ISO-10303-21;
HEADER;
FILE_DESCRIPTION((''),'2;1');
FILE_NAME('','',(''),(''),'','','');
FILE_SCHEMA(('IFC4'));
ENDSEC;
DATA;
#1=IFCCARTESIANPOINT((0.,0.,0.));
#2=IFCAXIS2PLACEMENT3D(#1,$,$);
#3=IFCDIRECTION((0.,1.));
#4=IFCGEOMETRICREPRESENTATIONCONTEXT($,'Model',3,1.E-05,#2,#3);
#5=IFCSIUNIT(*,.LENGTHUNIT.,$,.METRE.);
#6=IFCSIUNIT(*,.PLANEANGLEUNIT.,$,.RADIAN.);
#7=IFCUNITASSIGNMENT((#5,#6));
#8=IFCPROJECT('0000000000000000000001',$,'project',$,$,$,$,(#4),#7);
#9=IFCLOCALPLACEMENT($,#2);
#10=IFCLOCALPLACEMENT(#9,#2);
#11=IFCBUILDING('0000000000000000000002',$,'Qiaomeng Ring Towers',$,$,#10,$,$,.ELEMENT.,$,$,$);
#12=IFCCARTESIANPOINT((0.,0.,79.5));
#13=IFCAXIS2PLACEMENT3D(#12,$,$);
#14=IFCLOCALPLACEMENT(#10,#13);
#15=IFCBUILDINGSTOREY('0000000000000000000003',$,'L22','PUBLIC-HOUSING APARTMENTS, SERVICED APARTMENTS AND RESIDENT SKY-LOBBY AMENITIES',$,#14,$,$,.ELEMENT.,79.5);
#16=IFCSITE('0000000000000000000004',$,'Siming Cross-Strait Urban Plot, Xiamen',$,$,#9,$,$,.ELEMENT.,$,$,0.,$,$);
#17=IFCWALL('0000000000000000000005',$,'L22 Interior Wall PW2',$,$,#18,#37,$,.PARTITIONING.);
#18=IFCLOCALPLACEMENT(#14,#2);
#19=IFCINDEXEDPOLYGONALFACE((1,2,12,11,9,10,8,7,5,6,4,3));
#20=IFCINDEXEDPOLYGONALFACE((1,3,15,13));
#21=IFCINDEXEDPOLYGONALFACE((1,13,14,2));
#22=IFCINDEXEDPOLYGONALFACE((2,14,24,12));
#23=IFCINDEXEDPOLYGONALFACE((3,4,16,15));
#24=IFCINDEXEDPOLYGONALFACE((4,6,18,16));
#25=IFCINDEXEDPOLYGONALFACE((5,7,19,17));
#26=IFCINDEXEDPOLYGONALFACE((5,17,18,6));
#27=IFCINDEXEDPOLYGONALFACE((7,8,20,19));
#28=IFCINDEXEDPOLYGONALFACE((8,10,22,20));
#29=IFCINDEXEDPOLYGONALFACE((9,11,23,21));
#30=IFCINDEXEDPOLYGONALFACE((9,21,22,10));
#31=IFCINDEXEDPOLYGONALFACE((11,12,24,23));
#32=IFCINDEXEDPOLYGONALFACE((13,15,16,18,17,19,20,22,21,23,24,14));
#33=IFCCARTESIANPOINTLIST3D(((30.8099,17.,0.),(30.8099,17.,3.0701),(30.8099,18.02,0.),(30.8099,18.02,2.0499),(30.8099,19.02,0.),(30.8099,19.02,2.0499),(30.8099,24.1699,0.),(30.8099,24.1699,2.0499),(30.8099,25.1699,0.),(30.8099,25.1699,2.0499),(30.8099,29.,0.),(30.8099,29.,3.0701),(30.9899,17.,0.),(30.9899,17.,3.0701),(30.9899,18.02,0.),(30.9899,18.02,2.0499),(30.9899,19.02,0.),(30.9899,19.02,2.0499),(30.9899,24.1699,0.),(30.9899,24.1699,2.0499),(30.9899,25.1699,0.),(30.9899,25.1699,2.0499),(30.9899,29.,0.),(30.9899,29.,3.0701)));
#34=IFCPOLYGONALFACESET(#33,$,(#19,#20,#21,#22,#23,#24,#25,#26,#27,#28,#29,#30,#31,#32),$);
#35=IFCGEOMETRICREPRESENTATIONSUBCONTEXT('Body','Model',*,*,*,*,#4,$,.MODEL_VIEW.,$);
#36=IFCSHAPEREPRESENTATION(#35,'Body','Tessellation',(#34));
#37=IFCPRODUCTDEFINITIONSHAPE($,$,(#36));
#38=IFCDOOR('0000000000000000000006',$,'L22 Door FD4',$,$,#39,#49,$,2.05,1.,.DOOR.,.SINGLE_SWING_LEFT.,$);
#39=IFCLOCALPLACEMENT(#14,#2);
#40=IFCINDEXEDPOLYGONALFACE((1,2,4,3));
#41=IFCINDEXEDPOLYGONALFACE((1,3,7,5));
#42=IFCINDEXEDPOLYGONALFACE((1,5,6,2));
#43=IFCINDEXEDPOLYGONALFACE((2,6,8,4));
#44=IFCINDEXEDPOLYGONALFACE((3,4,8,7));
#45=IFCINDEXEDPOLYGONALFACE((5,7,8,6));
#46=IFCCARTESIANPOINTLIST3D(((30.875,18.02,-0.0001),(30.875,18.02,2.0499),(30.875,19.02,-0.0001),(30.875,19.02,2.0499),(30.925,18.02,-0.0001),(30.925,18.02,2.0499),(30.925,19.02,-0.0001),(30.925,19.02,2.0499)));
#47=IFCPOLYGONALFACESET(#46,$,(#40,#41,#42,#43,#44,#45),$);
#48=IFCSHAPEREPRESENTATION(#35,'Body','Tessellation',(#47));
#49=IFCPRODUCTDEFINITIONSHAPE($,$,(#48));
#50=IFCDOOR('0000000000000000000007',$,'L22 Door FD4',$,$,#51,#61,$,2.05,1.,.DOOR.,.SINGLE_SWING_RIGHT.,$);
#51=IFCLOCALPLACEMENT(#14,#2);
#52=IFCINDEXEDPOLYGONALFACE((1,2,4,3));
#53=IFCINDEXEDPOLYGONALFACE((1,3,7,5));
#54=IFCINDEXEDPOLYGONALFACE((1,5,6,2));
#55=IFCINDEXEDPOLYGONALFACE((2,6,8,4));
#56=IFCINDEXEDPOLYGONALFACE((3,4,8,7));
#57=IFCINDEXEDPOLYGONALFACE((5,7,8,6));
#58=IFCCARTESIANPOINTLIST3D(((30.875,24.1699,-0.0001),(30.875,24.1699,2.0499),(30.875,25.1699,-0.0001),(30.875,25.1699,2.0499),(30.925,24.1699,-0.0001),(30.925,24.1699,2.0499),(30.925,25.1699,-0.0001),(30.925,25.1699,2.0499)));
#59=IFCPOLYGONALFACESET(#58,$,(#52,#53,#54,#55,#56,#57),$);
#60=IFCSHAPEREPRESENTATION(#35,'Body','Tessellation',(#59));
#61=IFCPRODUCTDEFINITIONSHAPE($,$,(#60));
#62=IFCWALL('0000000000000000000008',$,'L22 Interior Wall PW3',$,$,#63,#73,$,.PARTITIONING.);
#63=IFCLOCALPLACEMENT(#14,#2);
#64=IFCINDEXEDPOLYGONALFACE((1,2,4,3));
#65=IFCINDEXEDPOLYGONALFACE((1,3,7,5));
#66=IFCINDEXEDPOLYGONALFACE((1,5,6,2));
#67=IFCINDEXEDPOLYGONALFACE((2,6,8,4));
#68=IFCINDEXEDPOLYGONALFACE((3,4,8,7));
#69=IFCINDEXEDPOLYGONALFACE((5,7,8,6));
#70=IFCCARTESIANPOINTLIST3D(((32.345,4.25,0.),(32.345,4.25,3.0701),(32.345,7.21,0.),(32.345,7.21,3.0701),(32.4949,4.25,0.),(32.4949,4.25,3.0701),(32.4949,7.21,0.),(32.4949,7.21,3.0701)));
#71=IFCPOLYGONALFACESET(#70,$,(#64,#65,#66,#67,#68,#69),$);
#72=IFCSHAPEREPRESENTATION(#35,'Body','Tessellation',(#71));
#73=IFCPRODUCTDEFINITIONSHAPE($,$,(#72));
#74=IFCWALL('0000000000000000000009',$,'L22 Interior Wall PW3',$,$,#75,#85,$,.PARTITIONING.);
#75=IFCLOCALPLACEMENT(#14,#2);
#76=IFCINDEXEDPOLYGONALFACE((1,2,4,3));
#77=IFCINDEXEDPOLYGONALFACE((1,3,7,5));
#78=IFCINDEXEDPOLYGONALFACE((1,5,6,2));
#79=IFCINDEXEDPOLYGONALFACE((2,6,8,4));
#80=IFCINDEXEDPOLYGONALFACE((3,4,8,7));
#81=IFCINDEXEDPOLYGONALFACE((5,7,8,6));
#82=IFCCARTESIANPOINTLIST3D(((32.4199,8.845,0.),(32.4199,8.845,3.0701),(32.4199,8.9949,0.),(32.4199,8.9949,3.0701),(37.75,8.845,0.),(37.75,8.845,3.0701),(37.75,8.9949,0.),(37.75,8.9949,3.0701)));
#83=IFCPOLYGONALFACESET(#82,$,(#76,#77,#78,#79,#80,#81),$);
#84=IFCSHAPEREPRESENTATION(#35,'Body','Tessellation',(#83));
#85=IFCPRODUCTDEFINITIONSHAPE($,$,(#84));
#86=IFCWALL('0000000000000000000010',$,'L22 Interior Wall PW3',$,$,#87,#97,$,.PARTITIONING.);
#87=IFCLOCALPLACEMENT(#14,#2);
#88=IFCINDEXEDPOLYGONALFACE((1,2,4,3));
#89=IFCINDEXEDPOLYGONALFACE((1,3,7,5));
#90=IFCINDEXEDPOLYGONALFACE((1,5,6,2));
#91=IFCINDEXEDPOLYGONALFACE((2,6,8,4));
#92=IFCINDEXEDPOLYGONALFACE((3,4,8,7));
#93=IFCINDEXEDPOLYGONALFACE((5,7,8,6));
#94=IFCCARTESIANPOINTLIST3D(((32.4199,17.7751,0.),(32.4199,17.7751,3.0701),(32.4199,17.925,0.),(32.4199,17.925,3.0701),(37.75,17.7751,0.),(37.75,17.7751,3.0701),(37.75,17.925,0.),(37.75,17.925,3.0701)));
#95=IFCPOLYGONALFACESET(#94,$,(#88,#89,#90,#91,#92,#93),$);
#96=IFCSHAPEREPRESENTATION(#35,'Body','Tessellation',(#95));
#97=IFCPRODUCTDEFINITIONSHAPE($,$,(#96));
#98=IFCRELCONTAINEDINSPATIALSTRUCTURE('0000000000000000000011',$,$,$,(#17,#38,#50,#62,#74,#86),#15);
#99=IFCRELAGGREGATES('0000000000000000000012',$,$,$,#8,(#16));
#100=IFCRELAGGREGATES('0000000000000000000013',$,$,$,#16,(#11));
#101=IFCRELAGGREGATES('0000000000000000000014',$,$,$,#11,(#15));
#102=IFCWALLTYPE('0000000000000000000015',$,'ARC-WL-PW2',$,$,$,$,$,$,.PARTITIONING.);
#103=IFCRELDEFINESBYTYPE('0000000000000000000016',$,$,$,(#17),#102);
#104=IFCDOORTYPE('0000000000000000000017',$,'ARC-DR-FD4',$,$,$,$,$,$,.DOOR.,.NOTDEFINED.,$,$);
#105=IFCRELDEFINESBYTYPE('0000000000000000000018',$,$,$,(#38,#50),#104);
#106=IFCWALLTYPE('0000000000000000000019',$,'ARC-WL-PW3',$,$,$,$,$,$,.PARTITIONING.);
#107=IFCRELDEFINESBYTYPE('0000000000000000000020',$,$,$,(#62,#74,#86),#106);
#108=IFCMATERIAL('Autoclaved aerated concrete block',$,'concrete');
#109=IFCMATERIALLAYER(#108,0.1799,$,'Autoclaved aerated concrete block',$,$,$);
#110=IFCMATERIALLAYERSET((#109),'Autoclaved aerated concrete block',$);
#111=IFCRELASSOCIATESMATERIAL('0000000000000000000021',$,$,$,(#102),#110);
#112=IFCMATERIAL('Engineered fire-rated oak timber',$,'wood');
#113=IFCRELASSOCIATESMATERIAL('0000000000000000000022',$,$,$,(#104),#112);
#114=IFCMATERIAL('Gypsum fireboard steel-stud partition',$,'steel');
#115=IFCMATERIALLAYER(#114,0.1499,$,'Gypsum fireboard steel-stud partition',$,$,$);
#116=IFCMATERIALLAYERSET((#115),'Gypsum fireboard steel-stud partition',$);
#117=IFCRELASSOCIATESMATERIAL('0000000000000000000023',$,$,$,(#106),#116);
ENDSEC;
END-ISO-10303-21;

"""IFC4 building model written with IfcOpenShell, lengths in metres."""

from ifc_helpers import new_model, si_unit, direction, frame, frame_2d, origin, place, context, subcontext, project, spatial, rectangle, extrude, source, transform, mapped, material, layer, layer_set, type_object, element, fill, save


model = new_model("IFC4")

# Units and contexts
model_context = context("Model", 3, precision=1e-05, world=origin(), true_north=direction((0.0, 1.0)))
body_context = subcontext(model_context, "Body", "Model", "MODEL_VIEW")
ifc_project = project(units=[si_unit("LENGTHUNIT", "METRE"), si_unit("PLANEANGLEUNIT", "RADIAN")], contexts=[model_context])

# Site, building, storey
site_placement = place(None, origin())
site = spatial("IfcSite", under=ifc_project, at=site_placement, Name="Siming Cross-Strait Urban Plot, Xiamen", CompositionType="ELEMENT", RefElevation=0.0)
building_placement = place(site_placement, origin())
building = spatial("IfcBuilding", under=site, at=building_placement, Name="Qiaomeng Ring Towers", CompositionType="ELEMENT")
storey_placement = place(building_placement, frame((0.0, 0.0, 79.5)))
storey = spatial("IfcBuildingStorey", under=building, at=storey_placement, Name="L22", Description="PUBLIC-HOUSING APARTMENTS, SERVICED APARTMENTS AND RESIDENT SKY-LOBBY AMENITIES", CompositionType="ELEMENT", Elevation=79.5)

# Wall, openings, doors
ifc_material_1 = material(Name="Autoclaved aerated concrete block", Category="concrete")
ifc_layer_1 = layer(ifc_material_1, 0.1799, Name="Autoclaved aerated concrete block")
ifc_layer_set_1 = layer_set([ifc_layer_1], Name="Autoclaved aerated concrete block")
wall_type_1 = type_object("IfcWallType", Name="ARC-WL-PW2", PredefinedType="PARTITIONING", material=ifc_layer_set_1)
ifc_material_2 = material(Name="Engineered fire-rated oak timber", Category="wood")
door_type_1 = type_object("IfcDoorType", Name="ARC-DR-FD4", OperationType="NOTDEFINED", PredefinedType="DOOR", material=ifc_material_2)
shared_shape_1 = source(origin(), body_context, "Body", "SweptSolid", [
    extrude(rectangle(XDim=1.0, YDim=2.05, at=frame_2d((0.5, 1.0249))), frame((0.0, 0.0249, 0.0), z_axis=(0.0, -1.0, 0.0), x_axis=(1.0, 0.0, 0.0)), (0.0, 0.0, 1.0), 0.05),
])
wall_1_placement = place(storey_placement, frame((30.8999, 17.0, 0.0), z_axis=(0.0, 0.0, 1.0), x_axis=(0.0, 1.0, 0.0)))
wall_1 = element("IfcWall", 1, at=wall_1_placement, inside=storey, type_object=wall_type_1, Name="L22 Interior Wall PW2", PredefinedType="PARTITIONING", context=body_context, shape_type="SweptSolid", body=[
    extrude(rectangle(XDim=12.0, YDim=0.1799, at=frame_2d((6.0, 0.0))), origin(), (0.0, 0.0, 1.0), 3.0701),
])
opening_1_placement = place(wall_1_placement, frame((1.02, 0.0, 0.0)))
opening_1 = element("IfcOpeningElement", 2, at=opening_1_placement, cuts=wall_1, PredefinedType="OPENING", context=body_context, shape_type="SweptSolid", body=[
    extrude(rectangle(XDim=1.0, YDim=2.05, at=frame_2d((0.5, 1.0249))), frame((0.0, 0.0999, 0.0), z_axis=(0.0, -1.0, 0.0), x_axis=(1.0, 0.0, 0.0)), (0.0, 0.0, 1.0), 0.2),
])
opening_2_placement = place(wall_1_placement, frame((7.1699, 0.0, 0.0)))
opening_2 = element("IfcOpeningElement", 3, at=opening_2_placement, cuts=wall_1, PredefinedType="OPENING", context=body_context, shape_type="SweptSolid", body=[
    extrude(rectangle(XDim=1.0, YDim=2.05, at=frame_2d((0.5, 1.0249))), frame((0.0, 0.0999, 0.0), z_axis=(0.0, -1.0, 0.0), x_axis=(1.0, 0.0, 0.0)), (0.0, 0.0, 1.0), 0.2),
])
door_1_placement = place(opening_1_placement, origin())
door_1 = element("IfcDoor", 4, at=door_1_placement, inside=storey, type_object=door_type_1, Name="L22 Door FD4", OperationType="SINGLE_SWING_LEFT", OverallHeight=2.05, OverallWidth=1.0, PredefinedType="DOOR", context=body_context, shape_type="MappedRepresentation", body=[
    mapped(shared_shape_1, transform((0.0, 0.0, 0.0), x_axis=(1.0, 0.0, 0.0), y_axis=(0.0, 1.0, 0.0), z_axis=(0.0, 0.0, 1.0), scale=1.0)),
])
fill(opening_1, door_1)
door_2_placement = place(opening_2_placement, origin())
door_2 = element("IfcDoor", 5, at=door_2_placement, inside=storey, type_object=door_type_1, Name="L22 Door FD4", OperationType="SINGLE_SWING_RIGHT", OverallHeight=2.05, OverallWidth=1.0, PredefinedType="DOOR", context=body_context, shape_type="MappedRepresentation", body=[
    mapped(shared_shape_1, transform((0.0, 0.0, 0.0), x_axis=(1.0, 0.0, 0.0), y_axis=(0.0, 1.0, 0.0), z_axis=(0.0, 0.0, 1.0), scale=1.0)),
])
fill(opening_2, door_2)

# Walls
ifc_material_3 = material(Name="Gypsum fireboard steel-stud partition", Category="steel")
ifc_layer_2 = layer(ifc_material_3, 0.1499, Name="Gypsum fireboard steel-stud partition")
ifc_layer_set_2 = layer_set([ifc_layer_2], Name="Gypsum fireboard steel-stud partition")
wall_type_2 = type_object("IfcWallType", Name="ARC-WL-PW3", PredefinedType="PARTITIONING", material=ifc_layer_set_2)
wall_2_placement = place(storey_placement, frame((32.4199, 4.25, 0.0), z_axis=(0.0, 0.0, 1.0), x_axis=(0.0, 1.0, 0.0)))
element("IfcWall", 6, at=wall_2_placement, inside=storey, type_object=wall_type_2, Name="L22 Interior Wall PW3", PredefinedType="PARTITIONING", context=body_context, shape_type="SweptSolid", body=[
    extrude(rectangle(XDim=2.96, YDim=0.1499, at=frame_2d((1.48, 0.0))), origin(), (0.0, 0.0, 1.0), 3.0701),
])
for number, where, z_axis, x_axis, name in (
    (7, (32.4199, 8.9199, 0.0), (0.0, 0.0, 1.0), (1.0, 0.0, 0.0), "L22 Interior Wall PW3"),
    (8, (32.4199, 17.8501, 0.0), (0.0, 0.0, 1.0), (1.0, 0.0, 0.0), "L22 Interior Wall PW3"),
):
    element("IfcWall", number, at=place(storey_placement, frame(where, z_axis=z_axis, x_axis=x_axis)), inside=storey, type_object=wall_type_2, Name=name, PredefinedType="PARTITIONING", context=body_context, shape_type="SweptSolid", body=[
        extrude(rectangle(XDim=5.3301, YDim=0.1499, at=frame_2d((2.665, 0.0))), origin(), (0.0, 0.0, 1.0), 3.0701),
    ])

save(model, "model.ifc")
